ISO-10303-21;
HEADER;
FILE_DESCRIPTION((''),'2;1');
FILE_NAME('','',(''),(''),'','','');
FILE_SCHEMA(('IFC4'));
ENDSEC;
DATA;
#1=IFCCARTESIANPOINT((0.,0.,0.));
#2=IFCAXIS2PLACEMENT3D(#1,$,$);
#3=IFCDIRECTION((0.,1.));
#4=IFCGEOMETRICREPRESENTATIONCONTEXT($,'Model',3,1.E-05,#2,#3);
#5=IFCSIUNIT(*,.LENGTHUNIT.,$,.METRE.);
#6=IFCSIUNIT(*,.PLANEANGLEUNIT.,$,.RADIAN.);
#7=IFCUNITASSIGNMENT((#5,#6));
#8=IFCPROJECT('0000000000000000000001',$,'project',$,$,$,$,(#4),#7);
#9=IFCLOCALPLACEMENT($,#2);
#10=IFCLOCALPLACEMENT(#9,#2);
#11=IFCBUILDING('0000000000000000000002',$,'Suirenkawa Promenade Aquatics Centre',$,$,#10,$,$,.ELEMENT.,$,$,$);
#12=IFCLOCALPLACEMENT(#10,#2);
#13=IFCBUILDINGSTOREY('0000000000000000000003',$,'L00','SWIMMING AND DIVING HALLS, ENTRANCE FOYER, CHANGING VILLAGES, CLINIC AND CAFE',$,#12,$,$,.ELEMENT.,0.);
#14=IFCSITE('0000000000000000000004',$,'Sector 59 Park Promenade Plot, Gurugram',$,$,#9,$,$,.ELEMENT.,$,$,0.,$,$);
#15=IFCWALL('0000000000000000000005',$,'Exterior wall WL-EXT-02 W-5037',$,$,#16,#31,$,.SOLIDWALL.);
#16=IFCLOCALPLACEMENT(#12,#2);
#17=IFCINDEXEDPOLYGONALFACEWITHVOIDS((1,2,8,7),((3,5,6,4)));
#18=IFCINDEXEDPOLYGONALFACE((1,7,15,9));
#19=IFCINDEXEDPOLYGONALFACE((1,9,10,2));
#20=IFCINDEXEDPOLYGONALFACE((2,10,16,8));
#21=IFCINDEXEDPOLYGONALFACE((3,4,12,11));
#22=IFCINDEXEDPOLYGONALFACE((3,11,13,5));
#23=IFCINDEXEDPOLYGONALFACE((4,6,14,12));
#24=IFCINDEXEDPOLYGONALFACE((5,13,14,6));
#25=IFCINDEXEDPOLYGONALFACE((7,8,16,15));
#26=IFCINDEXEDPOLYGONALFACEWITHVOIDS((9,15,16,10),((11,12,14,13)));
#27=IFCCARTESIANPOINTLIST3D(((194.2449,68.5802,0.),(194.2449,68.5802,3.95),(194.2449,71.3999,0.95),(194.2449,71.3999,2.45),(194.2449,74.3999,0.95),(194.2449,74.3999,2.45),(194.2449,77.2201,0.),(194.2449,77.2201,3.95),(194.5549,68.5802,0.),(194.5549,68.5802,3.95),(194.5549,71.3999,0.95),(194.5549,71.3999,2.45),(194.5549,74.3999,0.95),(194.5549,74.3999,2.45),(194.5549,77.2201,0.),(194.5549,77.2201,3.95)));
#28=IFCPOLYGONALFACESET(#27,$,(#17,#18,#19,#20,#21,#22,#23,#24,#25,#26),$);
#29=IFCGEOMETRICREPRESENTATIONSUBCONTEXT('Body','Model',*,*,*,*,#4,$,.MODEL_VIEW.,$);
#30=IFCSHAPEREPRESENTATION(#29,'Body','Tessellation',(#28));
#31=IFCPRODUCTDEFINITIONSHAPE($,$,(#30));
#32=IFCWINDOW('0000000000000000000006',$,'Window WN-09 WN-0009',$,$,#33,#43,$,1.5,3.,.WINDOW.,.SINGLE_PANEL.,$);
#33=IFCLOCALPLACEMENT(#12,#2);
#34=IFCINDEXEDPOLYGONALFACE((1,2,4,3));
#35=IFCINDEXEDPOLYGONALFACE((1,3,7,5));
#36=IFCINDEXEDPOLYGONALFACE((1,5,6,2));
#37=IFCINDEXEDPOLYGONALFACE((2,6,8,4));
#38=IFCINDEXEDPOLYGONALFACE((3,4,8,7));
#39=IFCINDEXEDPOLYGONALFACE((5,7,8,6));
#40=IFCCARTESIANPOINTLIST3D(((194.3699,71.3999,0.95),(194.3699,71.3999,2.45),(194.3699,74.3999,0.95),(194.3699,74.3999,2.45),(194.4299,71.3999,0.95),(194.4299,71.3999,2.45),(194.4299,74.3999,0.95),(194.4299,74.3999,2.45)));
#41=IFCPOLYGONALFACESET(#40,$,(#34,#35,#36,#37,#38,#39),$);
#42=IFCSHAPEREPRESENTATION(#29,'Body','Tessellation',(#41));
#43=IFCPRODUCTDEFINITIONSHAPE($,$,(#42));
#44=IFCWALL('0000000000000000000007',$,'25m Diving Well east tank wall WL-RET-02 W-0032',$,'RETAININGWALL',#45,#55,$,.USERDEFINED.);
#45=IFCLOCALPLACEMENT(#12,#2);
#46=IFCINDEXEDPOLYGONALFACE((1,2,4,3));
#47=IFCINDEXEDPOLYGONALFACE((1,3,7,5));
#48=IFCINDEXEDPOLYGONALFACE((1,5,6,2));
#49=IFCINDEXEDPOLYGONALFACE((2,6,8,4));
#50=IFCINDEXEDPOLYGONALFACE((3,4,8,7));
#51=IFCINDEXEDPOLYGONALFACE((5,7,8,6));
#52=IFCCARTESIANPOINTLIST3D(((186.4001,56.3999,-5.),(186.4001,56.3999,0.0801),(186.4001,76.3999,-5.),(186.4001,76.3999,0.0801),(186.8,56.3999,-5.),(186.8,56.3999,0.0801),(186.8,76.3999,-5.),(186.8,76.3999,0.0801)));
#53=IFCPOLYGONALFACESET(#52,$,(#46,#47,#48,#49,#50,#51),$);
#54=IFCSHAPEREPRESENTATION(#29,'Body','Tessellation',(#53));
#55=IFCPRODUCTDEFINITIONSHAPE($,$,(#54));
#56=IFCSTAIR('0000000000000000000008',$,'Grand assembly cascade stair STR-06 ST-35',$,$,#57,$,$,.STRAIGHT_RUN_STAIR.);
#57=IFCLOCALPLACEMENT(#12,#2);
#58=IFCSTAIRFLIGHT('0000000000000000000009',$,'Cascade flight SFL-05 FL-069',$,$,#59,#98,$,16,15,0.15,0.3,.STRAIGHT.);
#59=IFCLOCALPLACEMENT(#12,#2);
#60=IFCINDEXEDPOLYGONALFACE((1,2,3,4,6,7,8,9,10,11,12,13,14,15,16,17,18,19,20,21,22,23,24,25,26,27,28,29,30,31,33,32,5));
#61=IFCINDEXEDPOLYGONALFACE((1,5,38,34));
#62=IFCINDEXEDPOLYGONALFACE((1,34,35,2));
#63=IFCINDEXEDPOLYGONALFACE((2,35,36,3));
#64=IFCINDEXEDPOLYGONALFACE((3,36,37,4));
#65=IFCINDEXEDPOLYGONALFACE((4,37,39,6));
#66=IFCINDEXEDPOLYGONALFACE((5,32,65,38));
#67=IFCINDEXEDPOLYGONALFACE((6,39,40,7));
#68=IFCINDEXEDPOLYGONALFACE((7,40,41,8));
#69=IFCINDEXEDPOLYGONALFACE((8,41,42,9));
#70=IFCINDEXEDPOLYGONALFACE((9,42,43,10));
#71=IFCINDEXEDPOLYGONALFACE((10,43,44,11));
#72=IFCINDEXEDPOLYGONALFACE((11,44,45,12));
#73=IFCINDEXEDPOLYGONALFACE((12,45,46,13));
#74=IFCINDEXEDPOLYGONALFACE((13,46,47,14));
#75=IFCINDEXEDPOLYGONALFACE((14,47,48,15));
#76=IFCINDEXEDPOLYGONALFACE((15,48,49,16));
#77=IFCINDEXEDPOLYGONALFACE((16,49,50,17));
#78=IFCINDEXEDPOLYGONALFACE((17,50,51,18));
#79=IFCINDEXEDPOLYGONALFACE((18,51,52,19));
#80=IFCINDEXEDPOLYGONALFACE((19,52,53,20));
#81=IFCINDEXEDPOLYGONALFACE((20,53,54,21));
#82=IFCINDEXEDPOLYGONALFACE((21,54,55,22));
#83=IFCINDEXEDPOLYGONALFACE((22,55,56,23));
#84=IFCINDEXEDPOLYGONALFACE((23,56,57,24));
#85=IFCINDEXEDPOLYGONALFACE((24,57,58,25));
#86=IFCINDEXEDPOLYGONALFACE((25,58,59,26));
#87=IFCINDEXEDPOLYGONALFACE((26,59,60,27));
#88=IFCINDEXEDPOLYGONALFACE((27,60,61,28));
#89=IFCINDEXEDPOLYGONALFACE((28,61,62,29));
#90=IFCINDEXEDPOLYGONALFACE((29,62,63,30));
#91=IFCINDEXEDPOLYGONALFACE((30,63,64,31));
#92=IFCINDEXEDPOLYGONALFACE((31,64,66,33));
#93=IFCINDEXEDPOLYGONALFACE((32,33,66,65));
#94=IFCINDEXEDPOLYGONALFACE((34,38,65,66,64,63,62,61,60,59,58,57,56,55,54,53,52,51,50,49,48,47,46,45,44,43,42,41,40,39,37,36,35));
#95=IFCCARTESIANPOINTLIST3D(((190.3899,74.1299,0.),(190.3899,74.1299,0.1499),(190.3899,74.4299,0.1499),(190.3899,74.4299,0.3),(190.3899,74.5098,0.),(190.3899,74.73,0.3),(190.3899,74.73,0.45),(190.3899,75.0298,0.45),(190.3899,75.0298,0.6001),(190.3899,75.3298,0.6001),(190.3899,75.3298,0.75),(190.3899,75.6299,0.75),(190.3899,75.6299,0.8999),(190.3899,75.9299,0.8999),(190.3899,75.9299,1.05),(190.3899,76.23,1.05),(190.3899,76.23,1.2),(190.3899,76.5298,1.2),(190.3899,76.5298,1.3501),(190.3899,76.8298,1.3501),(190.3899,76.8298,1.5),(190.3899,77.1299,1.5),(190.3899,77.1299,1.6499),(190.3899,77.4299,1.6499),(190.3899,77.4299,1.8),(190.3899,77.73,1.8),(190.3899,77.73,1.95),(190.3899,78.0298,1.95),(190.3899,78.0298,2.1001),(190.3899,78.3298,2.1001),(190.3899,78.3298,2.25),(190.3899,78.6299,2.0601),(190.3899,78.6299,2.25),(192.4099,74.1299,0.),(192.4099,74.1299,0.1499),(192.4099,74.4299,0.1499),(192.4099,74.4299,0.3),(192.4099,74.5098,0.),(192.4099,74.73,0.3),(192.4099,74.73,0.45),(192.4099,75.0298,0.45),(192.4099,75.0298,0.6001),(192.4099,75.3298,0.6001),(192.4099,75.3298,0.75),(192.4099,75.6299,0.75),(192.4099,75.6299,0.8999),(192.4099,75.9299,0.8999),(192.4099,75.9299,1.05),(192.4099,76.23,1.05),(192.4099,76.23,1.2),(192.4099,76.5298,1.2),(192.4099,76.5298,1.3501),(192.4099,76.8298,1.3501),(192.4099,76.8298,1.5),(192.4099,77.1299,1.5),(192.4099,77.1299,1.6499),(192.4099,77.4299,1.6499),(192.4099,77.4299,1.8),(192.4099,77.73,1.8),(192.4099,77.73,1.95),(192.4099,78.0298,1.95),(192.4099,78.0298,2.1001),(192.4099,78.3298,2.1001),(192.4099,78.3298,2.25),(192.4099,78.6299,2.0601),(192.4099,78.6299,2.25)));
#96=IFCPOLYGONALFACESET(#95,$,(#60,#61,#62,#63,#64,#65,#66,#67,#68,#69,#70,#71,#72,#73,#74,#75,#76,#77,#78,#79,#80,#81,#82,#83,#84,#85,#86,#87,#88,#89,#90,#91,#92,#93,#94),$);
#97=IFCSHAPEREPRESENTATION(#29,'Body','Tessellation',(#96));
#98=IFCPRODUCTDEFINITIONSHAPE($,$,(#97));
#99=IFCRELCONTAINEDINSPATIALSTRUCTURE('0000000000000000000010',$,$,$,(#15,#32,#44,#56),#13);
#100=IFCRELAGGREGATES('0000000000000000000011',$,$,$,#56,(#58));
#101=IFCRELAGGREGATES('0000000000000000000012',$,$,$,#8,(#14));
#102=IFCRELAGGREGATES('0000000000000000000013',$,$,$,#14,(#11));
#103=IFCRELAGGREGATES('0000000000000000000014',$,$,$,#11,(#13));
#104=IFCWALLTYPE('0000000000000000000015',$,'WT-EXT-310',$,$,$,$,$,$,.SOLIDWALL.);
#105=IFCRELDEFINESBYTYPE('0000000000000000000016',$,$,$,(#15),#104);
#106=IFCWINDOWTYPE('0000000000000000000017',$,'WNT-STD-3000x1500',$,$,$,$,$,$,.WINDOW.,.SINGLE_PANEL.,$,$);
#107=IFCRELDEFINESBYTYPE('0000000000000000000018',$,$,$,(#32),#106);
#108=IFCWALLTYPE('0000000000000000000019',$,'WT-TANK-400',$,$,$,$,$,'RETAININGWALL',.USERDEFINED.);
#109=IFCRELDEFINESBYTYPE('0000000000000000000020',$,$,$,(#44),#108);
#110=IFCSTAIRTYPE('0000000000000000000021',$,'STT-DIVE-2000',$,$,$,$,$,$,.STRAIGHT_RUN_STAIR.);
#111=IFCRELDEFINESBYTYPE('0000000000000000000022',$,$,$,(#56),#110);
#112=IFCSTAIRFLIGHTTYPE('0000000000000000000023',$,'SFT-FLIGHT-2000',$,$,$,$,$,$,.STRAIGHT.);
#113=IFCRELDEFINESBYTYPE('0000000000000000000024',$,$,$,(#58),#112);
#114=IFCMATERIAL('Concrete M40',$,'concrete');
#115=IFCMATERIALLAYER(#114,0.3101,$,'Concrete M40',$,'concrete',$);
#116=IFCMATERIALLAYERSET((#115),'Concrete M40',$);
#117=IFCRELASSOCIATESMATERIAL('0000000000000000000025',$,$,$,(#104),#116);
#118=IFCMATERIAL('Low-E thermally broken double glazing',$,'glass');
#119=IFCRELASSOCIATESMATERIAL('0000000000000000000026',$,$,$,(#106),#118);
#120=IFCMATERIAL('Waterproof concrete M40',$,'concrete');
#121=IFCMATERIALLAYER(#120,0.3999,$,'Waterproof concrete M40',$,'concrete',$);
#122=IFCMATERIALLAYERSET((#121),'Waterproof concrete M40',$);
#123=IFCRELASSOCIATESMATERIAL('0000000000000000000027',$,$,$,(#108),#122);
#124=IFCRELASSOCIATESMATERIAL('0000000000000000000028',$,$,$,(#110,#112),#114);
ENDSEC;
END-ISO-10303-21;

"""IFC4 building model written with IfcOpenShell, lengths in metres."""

from ifc_helpers import new_model, si_unit, direction, frame, frame_2d, origin, place, context, subcontext, project, spatial, polyline, rectangle, outline, extrude, material, layer, layer_set, type_object, element, fill, aggregate, save


model = new_model("IFC4")

# Units and contexts
model_context = context("Model", 3, precision=1e-05, world=origin(), true_north=direction((0.0, 1.0)))
body_context = subcontext(model_context, "Body", "Model", "MODEL_VIEW")
ifc_project = project(units=[si_unit("LENGTHUNIT", "METRE"), si_unit("PLANEANGLEUNIT", "RADIAN")], contexts=[model_context])

# Site, building, storey
site_placement = place(None, origin())
site = spatial("IfcSite", under=ifc_project, at=site_placement, Name="Sector 59 Park Promenade Plot, Gurugram", CompositionType="ELEMENT", RefElevation=0.0)
building_placement = place(site_placement, origin())
building = spatial("IfcBuilding", under=site, at=building_placement, Name="Suirenkawa Promenade Aquatics Centre", CompositionType="ELEMENT")
storey_placement = place(building_placement, origin())
storey = spatial("IfcBuildingStorey", under=building, at=storey_placement, Name="L00", Description="SWIMMING AND DIVING HALLS, ENTRANCE FOYER, CHANGING VILLAGES, CLINIC AND CAFE", CompositionType="ELEMENT", Elevation=0.0)

# Shared definitions
ifc_material_1 = material(Name="Concrete M40", Category="concrete")

# Shared definitions
ifc_layer_1 = layer(ifc_material_1, 0.3101, Name="Concrete M40", Category="concrete")
ifc_layer_set_1 = layer_set([ifc_layer_1], Name="Concrete M40")
wall_type_1 = type_object("IfcWallType", Name="WT-EXT-310", PredefinedType="SOLIDWALL", material=ifc_layer_set_1)

# Wall, opening, window
wall_1_placement = place(storey_placement, frame((194.3999, 77.22, 0.0), z_axis=(0.0, 0.0, 1.0), x_axis=(0.0, -1.0, 0.0)))
wall_1 = element("IfcWall", 1, at=wall_1_placement, inside=storey, type_object=wall_type_1, Name="Exterior wall WL-EXT-02 W-5037", PredefinedType="SOLIDWALL", context=body_context, shape_type="SweptSolid", body=[
    extrude(rectangle(XDim=8.6399, YDim=0.3101, at=frame_2d((4.3198, 0.0))), origin(), (0.0, 0.0, 1.0), 3.95),
])
opening_1_placement = place(wall_1_placement, frame((2.8201, 0.0, 0.95)))
opening_1 = element("IfcOpeningElement", 2, at=opening_1_placement, cuts=wall_1, PredefinedType="OPENING", context=body_context, shape_type="SweptSolid", body=[
    extrude(rectangle(XDim=3.0, YDim=1.5, at=frame_2d((1.5, 0.75))), frame((0.0, 0.165, 0.0), z_axis=(0.0, -1.0, 0.0), x_axis=(1.0, 0.0, 0.0)), (0.0, 0.0, 1.0), 0.3301),
])
ifc_material_2 = material(Name="Low-E thermally broken double glazing", Category="glass")
window_type = type_object("IfcWindowType", Name="WNT-STD-3000x1500", PartitioningType="SINGLE_PANEL", PredefinedType="WINDOW", material=ifc_material_2)
window_placement = place(opening_1_placement, origin())
window = element("IfcWindow", 3, at=window_placement, inside=storey, type_object=window_type, Name="Window WN-09 WN-0009", OverallHeight=1.5, OverallWidth=3.0, PartitioningType="SINGLE_PANEL", PredefinedType="WINDOW", context=body_context, shape_type="SweptSolid", body=[
    extrude(rectangle(XDim=3.0, YDim=1.5, at=frame_2d((1.5, 0.75))), frame((0.0, 0.03, 0.0), z_axis=(0.0, -1.0, 0.0), x_axis=(1.0, 0.0, 0.0)), (0.0, 0.0, 1.0), 0.0601),
])
fill(opening_1, window)

# Wall
ifc_material_3 = material(Name="Waterproof concrete M40", Category="concrete")
ifc_layer_2 = layer(ifc_material_3, 0.3999, Name="Waterproof concrete M40", Category="concrete")
ifc_layer_set_2 = layer_set([ifc_layer_2], Name="Waterproof concrete M40")
wall_type_2 = type_object("IfcWallType", Name="WT-TANK-400", ElementType="RETAININGWALL", PredefinedType="USERDEFINED", material=ifc_layer_set_2)
wall_2_placement = place(storey_placement, frame((186.6001, 56.3999, -5.0), z_axis=(0.0, 0.0, 1.0), x_axis=(0.0, 1.0, 0.0)))
element("IfcWall", 4, at=wall_2_placement, inside=storey, type_object=wall_type_2, Name="25m Diving Well east tank wall WL-RET-02 W-0032", ObjectType="RETAININGWALL", PredefinedType="USERDEFINED", context=body_context, shape_type="SweptSolid", body=[
    extrude(rectangle(XDim=20.0, YDim=0.3999, at=frame_2d((10.0, 0.0))), origin(), (0.0, 0.0, 1.0), 5.0801),
])

# Stair, stair flight
stair_type = type_object("IfcStairType", Name="STT-DIVE-2000", PredefinedType="STRAIGHT_RUN_STAIR", material=ifc_material_1)
stair_placement = place(storey_placement, origin())
stair = element("IfcStair", 5, at=stair_placement, inside=storey, type_object=stair_type, Name="Grand assembly cascade stair STR-06 ST-35", PredefinedType="STRAIGHT_RUN_STAIR")
stair_flight_type = type_object("IfcStairFlightType", Name="SFT-FLIGHT-2000", PredefinedType="STRAIGHT", material=ifc_material_1)
stair_flight_placement = place(storey_placement, frame((191.3999, 74.1299, 0.0), z_axis=(0.0, 0.0, 1.0), x_axis=(0.0, 1.0, 0.0)))
stair_flight = element("IfcStairFlight", 6, at=stair_flight_placement, type_object=stair_flight_type, Name="Cascade flight SFL-05 FL-069", NumberOfRisers=16, NumberOfTreads=15, PredefinedType="STRAIGHT", RiserHeight=0.15, TreadLength=0.3, context=body_context, shape_type="SweptSolid", body=[
    extrude(outline(polyline([(0.0, 0.0), (0.0, 0.1499), (0.3, 0.1499), (0.3, 0.3), (0.6001, 0.3), (0.6001, 0.45), (0.8999, 0.45), (0.8999, 0.6001), (1.2, 0.6001), (1.2, 0.75), (1.5, 0.75), (1.5, 0.8999), (1.8, 0.8999), (1.8, 1.05), (2.1001, 1.05), (2.1001, 1.2), (2.3999, 1.2), (2.3999, 1.3501), (2.7, 1.3501), (2.7, 1.5), (3.0, 1.5), (3.0, 1.6499), (3.3, 1.6499), (3.3, 1.8), (3.6001, 1.8), (3.6001, 1.95), (3.8999, 1.95), (3.8999, 2.1001), (4.2, 2.1001), (4.2, 2.25), (4.5, 2.25), (4.5, 2.3999), (4.5, 2.0601), (0.3799, 0.0), (0.0, 0.0)])), frame((0.0, 1.01, 0.0), z_axis=(0.0, -1.0, 0.0), x_axis=(1.0, 0.0, 0.0)), (0.0, 0.0, 1.0), 2.02),
])
aggregate(stair, [stair_flight])

save(model, "model.ifc")
